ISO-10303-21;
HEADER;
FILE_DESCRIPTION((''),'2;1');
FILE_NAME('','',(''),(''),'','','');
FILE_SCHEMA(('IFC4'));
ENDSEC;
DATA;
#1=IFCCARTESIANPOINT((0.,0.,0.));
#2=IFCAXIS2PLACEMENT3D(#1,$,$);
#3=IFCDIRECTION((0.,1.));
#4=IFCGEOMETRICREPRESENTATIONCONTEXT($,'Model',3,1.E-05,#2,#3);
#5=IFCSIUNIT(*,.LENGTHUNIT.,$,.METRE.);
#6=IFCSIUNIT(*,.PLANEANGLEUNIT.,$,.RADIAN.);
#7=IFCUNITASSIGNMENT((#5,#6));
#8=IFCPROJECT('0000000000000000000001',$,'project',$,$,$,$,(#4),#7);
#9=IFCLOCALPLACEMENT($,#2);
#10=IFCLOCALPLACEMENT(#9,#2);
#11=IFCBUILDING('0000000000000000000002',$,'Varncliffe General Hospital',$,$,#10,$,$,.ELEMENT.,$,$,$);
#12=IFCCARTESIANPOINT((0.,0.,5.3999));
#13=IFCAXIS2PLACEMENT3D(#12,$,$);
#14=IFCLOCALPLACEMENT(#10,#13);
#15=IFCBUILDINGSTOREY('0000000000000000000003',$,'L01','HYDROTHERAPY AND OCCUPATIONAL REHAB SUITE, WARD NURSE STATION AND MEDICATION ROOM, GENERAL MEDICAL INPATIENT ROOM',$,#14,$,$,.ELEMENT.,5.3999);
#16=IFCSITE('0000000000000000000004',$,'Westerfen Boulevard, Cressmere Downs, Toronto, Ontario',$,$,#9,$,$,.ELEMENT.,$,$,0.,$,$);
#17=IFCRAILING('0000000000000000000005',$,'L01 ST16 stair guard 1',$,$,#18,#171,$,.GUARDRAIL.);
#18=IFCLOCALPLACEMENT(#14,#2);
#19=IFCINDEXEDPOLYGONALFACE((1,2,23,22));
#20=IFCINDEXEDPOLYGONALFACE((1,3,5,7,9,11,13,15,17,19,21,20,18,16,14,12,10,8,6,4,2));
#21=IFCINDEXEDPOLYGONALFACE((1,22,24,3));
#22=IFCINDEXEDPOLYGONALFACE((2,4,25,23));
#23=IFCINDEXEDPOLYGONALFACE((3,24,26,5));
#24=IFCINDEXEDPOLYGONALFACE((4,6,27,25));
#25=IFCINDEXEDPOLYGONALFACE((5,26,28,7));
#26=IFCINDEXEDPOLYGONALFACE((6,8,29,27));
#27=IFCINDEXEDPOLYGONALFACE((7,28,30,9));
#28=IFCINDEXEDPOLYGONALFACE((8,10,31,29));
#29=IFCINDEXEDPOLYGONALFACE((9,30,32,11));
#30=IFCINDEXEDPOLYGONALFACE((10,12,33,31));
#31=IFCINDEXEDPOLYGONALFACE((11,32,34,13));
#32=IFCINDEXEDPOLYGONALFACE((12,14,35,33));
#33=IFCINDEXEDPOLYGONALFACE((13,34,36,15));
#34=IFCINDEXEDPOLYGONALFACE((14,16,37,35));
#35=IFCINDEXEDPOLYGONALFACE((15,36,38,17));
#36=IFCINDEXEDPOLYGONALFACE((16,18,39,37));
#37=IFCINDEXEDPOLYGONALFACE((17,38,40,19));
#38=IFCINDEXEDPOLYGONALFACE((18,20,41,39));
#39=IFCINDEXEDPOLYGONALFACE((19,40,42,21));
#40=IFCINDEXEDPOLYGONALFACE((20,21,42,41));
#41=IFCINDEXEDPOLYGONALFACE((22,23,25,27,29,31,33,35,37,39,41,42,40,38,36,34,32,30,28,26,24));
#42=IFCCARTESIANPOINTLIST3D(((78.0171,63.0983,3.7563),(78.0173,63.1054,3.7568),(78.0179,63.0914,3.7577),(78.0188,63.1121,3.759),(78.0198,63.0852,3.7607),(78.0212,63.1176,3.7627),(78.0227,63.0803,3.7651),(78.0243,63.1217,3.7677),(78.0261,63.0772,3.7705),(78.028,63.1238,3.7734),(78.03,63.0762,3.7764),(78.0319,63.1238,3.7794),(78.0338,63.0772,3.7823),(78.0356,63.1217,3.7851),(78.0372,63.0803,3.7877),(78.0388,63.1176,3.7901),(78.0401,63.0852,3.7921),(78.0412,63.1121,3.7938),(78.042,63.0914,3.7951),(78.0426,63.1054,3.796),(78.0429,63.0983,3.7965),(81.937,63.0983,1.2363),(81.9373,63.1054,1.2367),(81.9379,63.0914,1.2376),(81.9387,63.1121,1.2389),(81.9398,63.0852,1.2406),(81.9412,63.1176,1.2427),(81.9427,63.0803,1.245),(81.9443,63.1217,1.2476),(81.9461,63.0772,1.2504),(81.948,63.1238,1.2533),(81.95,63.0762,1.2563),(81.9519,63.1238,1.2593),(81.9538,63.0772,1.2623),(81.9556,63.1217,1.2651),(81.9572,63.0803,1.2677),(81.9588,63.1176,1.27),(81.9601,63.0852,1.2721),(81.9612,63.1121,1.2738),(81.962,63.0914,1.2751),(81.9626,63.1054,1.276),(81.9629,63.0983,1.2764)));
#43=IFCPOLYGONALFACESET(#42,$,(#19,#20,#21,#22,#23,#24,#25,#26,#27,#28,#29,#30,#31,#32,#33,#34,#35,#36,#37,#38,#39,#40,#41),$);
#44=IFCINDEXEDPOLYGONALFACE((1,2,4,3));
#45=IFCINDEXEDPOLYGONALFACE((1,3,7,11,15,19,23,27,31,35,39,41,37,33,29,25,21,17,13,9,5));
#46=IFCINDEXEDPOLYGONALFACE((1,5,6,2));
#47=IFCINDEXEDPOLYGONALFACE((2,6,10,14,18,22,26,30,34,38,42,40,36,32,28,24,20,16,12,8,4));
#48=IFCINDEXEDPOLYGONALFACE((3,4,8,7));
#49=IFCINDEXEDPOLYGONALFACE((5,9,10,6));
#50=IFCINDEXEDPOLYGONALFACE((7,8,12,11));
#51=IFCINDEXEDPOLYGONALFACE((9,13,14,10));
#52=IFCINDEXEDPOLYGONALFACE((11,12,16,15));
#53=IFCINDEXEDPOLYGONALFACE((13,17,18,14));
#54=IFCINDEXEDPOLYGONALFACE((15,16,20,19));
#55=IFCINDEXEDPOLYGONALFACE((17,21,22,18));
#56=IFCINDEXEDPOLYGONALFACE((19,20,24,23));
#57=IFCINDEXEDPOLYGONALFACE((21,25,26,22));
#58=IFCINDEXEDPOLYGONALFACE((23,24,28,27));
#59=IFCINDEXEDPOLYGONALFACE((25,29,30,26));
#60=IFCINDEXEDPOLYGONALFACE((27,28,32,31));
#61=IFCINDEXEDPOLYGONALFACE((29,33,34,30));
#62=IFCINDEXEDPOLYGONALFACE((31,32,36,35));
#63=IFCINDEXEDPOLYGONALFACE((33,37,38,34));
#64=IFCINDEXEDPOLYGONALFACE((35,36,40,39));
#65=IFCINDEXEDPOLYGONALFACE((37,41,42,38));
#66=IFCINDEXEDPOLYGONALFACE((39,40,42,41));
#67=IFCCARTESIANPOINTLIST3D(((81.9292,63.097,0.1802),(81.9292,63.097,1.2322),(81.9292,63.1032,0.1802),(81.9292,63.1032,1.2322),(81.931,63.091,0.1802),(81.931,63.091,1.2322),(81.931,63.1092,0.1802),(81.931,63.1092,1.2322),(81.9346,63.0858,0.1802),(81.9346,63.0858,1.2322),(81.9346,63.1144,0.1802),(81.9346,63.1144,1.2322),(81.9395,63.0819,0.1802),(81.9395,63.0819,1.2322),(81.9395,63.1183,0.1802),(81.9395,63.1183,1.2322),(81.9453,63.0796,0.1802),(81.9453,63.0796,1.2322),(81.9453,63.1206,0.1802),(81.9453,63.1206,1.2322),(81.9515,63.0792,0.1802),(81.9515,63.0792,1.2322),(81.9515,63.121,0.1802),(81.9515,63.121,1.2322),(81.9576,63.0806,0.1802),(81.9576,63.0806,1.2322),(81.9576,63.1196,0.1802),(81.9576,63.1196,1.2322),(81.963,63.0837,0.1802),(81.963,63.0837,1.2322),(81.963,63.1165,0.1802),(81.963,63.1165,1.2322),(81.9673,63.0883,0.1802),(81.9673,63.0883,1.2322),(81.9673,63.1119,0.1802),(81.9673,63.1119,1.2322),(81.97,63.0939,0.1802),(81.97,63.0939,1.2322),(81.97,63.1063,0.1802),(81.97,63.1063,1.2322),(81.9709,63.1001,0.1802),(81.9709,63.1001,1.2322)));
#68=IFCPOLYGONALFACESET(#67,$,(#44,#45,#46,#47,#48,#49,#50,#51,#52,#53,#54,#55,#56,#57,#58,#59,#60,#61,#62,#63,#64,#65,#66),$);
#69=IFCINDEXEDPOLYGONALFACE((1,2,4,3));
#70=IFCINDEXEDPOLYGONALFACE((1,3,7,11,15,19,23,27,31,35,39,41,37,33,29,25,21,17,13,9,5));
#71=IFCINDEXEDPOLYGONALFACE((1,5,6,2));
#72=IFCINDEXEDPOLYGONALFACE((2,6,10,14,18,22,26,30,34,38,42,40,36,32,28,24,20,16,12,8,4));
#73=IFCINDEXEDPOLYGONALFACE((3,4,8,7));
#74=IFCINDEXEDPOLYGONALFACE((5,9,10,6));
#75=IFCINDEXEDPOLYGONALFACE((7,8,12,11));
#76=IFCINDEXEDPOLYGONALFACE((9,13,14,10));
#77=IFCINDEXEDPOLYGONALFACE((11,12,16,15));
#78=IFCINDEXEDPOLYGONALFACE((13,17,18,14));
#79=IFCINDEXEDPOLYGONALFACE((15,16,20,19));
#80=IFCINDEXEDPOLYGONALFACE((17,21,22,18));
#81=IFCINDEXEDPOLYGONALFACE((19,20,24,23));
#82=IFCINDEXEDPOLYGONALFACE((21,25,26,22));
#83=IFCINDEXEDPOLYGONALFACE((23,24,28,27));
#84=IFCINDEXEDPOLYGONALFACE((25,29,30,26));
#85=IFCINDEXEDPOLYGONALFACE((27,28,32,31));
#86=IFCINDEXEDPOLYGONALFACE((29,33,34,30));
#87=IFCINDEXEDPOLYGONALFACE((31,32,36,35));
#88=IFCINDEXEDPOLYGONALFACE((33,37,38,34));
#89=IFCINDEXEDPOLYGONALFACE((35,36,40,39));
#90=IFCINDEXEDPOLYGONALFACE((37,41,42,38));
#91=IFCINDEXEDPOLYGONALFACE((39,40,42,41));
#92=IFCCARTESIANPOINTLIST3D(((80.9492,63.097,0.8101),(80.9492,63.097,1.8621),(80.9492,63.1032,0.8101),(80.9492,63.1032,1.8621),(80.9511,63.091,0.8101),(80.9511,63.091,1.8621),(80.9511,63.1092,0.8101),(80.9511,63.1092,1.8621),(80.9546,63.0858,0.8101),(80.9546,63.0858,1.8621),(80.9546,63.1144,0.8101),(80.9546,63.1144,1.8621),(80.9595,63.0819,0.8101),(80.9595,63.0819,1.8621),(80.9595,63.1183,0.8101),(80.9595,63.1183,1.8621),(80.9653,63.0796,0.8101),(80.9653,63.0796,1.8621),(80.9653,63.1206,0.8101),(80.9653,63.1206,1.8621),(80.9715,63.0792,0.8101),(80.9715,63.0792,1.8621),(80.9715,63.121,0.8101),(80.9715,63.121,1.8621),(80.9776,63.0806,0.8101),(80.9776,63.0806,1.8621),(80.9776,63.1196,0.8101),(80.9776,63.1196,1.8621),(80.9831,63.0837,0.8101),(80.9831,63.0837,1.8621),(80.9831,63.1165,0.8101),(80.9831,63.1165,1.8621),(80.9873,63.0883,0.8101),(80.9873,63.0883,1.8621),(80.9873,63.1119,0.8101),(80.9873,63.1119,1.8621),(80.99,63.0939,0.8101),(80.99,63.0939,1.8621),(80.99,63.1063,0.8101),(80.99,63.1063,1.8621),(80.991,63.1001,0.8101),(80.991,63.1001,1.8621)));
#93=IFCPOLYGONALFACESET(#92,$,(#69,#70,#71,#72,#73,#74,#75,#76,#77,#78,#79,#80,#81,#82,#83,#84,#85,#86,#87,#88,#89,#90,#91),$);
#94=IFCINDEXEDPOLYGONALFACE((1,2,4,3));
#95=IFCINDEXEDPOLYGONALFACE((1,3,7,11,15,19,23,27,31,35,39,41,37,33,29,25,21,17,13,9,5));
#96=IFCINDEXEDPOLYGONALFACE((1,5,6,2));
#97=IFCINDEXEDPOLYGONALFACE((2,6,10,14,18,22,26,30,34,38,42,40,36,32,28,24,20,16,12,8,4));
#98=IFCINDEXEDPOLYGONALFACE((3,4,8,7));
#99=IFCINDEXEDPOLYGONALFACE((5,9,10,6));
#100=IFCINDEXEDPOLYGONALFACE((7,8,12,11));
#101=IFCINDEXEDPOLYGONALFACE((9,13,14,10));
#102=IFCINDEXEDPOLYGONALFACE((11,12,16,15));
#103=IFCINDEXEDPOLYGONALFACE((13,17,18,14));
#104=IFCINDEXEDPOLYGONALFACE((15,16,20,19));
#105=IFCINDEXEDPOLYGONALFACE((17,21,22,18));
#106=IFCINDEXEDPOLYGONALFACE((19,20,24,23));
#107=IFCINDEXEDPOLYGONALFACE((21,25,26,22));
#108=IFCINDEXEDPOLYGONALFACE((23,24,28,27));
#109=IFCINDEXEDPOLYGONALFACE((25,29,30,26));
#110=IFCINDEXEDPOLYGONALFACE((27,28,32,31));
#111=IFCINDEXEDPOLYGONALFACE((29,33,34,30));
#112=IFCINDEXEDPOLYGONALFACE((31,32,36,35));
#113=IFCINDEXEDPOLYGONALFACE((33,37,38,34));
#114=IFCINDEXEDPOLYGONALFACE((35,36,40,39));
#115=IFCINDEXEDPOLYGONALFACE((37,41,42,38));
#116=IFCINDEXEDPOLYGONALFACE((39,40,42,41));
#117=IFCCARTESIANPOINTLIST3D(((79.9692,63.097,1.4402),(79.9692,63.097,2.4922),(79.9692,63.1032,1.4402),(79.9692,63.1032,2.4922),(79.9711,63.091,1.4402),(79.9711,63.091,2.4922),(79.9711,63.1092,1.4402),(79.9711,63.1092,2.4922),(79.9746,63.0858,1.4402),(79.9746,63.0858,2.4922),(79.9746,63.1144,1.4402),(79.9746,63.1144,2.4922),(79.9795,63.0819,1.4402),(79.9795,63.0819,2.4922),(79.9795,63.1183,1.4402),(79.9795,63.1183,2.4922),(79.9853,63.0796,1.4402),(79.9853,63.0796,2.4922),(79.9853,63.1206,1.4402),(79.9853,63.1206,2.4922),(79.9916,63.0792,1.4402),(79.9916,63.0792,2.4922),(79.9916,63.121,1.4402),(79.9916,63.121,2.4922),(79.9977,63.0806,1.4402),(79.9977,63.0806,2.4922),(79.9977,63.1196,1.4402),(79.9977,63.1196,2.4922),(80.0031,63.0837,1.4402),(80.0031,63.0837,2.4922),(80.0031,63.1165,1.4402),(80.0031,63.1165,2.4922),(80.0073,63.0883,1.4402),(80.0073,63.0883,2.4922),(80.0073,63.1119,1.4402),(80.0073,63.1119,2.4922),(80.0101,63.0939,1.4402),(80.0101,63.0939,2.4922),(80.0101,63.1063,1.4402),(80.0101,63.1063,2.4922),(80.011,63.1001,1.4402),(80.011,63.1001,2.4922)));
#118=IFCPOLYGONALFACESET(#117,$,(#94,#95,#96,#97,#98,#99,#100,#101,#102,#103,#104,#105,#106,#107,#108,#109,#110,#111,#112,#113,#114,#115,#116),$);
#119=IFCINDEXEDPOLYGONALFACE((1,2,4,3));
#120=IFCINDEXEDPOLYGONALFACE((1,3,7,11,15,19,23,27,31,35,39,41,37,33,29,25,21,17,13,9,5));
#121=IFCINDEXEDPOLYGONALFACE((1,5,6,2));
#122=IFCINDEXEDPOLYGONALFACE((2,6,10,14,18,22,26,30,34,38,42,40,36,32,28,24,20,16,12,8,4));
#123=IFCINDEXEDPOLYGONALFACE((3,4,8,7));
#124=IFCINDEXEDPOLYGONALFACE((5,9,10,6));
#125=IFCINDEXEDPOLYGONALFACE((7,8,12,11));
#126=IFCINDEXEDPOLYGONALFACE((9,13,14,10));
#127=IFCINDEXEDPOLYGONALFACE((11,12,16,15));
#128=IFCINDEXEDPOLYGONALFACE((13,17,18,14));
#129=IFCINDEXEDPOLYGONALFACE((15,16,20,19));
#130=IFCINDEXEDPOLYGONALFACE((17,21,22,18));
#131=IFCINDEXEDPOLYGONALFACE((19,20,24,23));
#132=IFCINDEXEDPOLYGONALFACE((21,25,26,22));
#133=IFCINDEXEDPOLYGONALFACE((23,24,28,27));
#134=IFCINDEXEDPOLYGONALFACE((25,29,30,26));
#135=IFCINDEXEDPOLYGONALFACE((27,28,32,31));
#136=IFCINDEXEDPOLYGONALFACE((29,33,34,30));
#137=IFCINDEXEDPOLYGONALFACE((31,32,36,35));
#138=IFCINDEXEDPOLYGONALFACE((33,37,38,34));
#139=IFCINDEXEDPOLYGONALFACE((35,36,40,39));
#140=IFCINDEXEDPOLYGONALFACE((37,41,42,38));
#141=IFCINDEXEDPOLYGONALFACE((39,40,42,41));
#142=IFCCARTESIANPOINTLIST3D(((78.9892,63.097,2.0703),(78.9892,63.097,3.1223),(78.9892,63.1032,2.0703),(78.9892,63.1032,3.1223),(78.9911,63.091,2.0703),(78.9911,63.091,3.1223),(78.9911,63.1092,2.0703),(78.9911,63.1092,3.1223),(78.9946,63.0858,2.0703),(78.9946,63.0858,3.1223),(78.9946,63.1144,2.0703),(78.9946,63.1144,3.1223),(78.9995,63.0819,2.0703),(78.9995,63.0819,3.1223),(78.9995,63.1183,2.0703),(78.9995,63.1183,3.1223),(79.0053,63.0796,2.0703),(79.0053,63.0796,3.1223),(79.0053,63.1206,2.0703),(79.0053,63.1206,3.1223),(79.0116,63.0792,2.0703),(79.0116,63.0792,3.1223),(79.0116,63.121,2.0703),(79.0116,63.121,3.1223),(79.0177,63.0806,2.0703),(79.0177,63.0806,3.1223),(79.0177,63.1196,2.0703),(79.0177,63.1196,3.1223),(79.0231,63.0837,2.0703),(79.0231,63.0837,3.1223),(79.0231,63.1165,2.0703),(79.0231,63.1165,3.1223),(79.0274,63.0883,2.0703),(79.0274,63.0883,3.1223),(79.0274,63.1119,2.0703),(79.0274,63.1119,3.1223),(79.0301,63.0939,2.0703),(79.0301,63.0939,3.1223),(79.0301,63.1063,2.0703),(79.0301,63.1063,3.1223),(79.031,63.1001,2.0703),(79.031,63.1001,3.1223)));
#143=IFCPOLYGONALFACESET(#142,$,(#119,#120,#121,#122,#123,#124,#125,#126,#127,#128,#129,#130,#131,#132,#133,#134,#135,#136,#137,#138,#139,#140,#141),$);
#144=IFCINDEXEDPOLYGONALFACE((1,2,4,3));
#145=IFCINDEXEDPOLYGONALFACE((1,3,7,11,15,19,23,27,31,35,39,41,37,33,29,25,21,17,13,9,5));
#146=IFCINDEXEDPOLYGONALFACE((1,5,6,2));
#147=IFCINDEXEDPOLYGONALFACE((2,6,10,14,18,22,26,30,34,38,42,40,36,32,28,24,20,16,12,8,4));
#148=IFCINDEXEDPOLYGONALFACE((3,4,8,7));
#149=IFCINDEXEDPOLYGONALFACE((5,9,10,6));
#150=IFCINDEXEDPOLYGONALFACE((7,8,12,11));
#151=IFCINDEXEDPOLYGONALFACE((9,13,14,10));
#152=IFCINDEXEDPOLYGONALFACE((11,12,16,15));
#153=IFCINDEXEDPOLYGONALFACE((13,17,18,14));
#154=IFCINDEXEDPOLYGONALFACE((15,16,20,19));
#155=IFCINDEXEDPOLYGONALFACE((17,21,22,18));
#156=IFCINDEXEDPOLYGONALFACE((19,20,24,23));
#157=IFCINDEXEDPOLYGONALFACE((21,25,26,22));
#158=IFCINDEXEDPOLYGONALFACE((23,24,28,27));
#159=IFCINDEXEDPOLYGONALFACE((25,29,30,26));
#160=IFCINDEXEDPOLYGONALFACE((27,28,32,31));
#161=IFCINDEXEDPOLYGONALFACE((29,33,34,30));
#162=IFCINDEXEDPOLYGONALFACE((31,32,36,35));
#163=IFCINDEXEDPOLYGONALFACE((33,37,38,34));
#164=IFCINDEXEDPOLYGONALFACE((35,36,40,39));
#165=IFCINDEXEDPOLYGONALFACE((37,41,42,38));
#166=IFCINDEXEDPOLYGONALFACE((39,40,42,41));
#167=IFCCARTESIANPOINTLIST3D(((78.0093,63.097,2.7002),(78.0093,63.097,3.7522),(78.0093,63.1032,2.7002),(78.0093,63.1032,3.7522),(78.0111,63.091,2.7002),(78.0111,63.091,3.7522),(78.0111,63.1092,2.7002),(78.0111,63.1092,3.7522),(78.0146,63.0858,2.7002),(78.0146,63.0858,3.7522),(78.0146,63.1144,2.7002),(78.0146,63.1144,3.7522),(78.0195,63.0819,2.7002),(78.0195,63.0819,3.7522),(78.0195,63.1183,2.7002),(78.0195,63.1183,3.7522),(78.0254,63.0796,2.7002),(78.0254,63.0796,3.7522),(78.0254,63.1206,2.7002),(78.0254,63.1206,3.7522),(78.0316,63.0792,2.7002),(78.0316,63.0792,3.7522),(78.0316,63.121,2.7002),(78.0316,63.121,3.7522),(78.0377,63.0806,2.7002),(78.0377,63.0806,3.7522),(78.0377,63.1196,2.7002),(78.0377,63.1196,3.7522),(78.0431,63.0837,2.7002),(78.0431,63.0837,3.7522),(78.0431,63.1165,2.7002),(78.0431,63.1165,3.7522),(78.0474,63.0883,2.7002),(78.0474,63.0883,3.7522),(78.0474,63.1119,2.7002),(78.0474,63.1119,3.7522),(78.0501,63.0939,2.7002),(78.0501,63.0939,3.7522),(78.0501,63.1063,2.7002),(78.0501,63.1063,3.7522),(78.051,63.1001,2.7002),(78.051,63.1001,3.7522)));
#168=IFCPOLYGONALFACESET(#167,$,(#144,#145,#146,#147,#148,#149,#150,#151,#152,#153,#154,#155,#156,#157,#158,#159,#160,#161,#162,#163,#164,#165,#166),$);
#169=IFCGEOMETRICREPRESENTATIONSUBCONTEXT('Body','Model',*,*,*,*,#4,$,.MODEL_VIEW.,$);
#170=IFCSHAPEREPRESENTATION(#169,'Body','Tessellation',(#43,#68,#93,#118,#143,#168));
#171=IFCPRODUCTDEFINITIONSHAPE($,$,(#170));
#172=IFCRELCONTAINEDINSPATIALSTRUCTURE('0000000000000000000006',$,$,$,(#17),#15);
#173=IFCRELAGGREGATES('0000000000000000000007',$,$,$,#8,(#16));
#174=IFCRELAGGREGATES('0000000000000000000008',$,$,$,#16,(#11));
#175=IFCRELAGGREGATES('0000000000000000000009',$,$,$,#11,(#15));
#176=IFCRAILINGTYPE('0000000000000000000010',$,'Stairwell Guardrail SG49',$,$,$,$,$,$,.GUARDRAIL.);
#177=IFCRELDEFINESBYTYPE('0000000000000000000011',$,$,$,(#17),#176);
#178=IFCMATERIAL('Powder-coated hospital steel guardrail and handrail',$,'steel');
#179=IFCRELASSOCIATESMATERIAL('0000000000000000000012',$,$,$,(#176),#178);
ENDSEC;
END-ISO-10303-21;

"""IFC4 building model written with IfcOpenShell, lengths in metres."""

from ifc_helpers import new_model, si_unit, direction, frame, origin, origin_2d, place, context, subcontext, project, spatial, circle, extrude, material, type_object, element, save


model = new_model("IFC4")

# Units and contexts
model_context = context("Model", 3, precision=1e-05, world=origin(), true_north=direction((0.0, 1.0)))
body_context = subcontext(model_context, "Body", "Model", "MODEL_VIEW")
ifc_project = project(units=[si_unit("LENGTHUNIT", "METRE"), si_unit("PLANEANGLEUNIT", "RADIAN")], contexts=[model_context])

# Site, building, storey
site_placement = place(None, origin())
site = spatial("IfcSite", under=ifc_project, at=site_placement, Name="Westerfen Boulevard, Cressmere Downs, Toronto, Ontario", CompositionType="ELEMENT", RefElevation=0.0)
building_placement = place(site_placement, origin())
building = spatial("IfcBuilding", under=site, at=building_placement, Name="Varncliffe General Hospital", CompositionType="ELEMENT")
storey_placement = place(building_placement, frame((0.0, 0.0, 5.3999)))
storey = spatial("IfcBuildingStorey", under=building, at=storey_placement, Name="L01", Description="HYDROTHERAPY AND OCCUPATIONAL REHAB SUITE, WARD NURSE STATION AND MEDICATION ROOM, GENERAL MEDICAL INPATIENT ROOM", CompositionType="ELEMENT", Elevation=5.3999)

# Railing
ifc_material_1 = material(Name="Powder-coated hospital steel guardrail and handrail", Category="steel")
railing_type_1 = type_object("IfcRailingType", Name="Stairwell Guardrail SG49", PredefinedType="GUARDRAIL", material=ifc_material_1)
railing_1_placement = place(storey_placement, frame((81.95, 63.1001, 0.1802)))
element("IfcRailing", 1, at=railing_1_placement, inside=storey, type_object=railing_type_1, Name="L01 ST16 stair guard 1", PredefinedType="GUARDRAIL", context=body_context, shape_type="SweptSolid", body=[
    extrude(circle(Radius=0.0239, at=origin_2d()), frame((0.0, 0.0, 1.0762), z_axis=(-0.841172, 0.0, 0.540768), x_axis=(0.0, -1.0, 0.0)), (0.0, 0.0, 1.0), 4.6602),
    extrude(circle(Radius=0.021, at=origin_2d()), origin(), (0.0, 0.0, 1.0), 1.052),
    extrude(circle(Radius=0.021, at=origin_2d()), frame((-0.98, 0.0, 0.6299)), (0.0, 0.0, 1.0), 1.052),
    extrude(circle(Radius=0.021, at=origin_2d()), frame((-1.96, 0.0, 1.26)), (0.0, 0.0, 1.0), 1.052),
    extrude(circle(Radius=0.021, at=origin_2d()), frame((-2.9399, 0.0, 1.8901)), (0.0, 0.0, 1.0), 1.052),
    extrude(circle(Radius=0.021, at=origin_2d()), frame((-3.9199, 0.0, 2.52)), (0.0, 0.0, 1.0), 1.052),
])

save(model, "model.ifc")
